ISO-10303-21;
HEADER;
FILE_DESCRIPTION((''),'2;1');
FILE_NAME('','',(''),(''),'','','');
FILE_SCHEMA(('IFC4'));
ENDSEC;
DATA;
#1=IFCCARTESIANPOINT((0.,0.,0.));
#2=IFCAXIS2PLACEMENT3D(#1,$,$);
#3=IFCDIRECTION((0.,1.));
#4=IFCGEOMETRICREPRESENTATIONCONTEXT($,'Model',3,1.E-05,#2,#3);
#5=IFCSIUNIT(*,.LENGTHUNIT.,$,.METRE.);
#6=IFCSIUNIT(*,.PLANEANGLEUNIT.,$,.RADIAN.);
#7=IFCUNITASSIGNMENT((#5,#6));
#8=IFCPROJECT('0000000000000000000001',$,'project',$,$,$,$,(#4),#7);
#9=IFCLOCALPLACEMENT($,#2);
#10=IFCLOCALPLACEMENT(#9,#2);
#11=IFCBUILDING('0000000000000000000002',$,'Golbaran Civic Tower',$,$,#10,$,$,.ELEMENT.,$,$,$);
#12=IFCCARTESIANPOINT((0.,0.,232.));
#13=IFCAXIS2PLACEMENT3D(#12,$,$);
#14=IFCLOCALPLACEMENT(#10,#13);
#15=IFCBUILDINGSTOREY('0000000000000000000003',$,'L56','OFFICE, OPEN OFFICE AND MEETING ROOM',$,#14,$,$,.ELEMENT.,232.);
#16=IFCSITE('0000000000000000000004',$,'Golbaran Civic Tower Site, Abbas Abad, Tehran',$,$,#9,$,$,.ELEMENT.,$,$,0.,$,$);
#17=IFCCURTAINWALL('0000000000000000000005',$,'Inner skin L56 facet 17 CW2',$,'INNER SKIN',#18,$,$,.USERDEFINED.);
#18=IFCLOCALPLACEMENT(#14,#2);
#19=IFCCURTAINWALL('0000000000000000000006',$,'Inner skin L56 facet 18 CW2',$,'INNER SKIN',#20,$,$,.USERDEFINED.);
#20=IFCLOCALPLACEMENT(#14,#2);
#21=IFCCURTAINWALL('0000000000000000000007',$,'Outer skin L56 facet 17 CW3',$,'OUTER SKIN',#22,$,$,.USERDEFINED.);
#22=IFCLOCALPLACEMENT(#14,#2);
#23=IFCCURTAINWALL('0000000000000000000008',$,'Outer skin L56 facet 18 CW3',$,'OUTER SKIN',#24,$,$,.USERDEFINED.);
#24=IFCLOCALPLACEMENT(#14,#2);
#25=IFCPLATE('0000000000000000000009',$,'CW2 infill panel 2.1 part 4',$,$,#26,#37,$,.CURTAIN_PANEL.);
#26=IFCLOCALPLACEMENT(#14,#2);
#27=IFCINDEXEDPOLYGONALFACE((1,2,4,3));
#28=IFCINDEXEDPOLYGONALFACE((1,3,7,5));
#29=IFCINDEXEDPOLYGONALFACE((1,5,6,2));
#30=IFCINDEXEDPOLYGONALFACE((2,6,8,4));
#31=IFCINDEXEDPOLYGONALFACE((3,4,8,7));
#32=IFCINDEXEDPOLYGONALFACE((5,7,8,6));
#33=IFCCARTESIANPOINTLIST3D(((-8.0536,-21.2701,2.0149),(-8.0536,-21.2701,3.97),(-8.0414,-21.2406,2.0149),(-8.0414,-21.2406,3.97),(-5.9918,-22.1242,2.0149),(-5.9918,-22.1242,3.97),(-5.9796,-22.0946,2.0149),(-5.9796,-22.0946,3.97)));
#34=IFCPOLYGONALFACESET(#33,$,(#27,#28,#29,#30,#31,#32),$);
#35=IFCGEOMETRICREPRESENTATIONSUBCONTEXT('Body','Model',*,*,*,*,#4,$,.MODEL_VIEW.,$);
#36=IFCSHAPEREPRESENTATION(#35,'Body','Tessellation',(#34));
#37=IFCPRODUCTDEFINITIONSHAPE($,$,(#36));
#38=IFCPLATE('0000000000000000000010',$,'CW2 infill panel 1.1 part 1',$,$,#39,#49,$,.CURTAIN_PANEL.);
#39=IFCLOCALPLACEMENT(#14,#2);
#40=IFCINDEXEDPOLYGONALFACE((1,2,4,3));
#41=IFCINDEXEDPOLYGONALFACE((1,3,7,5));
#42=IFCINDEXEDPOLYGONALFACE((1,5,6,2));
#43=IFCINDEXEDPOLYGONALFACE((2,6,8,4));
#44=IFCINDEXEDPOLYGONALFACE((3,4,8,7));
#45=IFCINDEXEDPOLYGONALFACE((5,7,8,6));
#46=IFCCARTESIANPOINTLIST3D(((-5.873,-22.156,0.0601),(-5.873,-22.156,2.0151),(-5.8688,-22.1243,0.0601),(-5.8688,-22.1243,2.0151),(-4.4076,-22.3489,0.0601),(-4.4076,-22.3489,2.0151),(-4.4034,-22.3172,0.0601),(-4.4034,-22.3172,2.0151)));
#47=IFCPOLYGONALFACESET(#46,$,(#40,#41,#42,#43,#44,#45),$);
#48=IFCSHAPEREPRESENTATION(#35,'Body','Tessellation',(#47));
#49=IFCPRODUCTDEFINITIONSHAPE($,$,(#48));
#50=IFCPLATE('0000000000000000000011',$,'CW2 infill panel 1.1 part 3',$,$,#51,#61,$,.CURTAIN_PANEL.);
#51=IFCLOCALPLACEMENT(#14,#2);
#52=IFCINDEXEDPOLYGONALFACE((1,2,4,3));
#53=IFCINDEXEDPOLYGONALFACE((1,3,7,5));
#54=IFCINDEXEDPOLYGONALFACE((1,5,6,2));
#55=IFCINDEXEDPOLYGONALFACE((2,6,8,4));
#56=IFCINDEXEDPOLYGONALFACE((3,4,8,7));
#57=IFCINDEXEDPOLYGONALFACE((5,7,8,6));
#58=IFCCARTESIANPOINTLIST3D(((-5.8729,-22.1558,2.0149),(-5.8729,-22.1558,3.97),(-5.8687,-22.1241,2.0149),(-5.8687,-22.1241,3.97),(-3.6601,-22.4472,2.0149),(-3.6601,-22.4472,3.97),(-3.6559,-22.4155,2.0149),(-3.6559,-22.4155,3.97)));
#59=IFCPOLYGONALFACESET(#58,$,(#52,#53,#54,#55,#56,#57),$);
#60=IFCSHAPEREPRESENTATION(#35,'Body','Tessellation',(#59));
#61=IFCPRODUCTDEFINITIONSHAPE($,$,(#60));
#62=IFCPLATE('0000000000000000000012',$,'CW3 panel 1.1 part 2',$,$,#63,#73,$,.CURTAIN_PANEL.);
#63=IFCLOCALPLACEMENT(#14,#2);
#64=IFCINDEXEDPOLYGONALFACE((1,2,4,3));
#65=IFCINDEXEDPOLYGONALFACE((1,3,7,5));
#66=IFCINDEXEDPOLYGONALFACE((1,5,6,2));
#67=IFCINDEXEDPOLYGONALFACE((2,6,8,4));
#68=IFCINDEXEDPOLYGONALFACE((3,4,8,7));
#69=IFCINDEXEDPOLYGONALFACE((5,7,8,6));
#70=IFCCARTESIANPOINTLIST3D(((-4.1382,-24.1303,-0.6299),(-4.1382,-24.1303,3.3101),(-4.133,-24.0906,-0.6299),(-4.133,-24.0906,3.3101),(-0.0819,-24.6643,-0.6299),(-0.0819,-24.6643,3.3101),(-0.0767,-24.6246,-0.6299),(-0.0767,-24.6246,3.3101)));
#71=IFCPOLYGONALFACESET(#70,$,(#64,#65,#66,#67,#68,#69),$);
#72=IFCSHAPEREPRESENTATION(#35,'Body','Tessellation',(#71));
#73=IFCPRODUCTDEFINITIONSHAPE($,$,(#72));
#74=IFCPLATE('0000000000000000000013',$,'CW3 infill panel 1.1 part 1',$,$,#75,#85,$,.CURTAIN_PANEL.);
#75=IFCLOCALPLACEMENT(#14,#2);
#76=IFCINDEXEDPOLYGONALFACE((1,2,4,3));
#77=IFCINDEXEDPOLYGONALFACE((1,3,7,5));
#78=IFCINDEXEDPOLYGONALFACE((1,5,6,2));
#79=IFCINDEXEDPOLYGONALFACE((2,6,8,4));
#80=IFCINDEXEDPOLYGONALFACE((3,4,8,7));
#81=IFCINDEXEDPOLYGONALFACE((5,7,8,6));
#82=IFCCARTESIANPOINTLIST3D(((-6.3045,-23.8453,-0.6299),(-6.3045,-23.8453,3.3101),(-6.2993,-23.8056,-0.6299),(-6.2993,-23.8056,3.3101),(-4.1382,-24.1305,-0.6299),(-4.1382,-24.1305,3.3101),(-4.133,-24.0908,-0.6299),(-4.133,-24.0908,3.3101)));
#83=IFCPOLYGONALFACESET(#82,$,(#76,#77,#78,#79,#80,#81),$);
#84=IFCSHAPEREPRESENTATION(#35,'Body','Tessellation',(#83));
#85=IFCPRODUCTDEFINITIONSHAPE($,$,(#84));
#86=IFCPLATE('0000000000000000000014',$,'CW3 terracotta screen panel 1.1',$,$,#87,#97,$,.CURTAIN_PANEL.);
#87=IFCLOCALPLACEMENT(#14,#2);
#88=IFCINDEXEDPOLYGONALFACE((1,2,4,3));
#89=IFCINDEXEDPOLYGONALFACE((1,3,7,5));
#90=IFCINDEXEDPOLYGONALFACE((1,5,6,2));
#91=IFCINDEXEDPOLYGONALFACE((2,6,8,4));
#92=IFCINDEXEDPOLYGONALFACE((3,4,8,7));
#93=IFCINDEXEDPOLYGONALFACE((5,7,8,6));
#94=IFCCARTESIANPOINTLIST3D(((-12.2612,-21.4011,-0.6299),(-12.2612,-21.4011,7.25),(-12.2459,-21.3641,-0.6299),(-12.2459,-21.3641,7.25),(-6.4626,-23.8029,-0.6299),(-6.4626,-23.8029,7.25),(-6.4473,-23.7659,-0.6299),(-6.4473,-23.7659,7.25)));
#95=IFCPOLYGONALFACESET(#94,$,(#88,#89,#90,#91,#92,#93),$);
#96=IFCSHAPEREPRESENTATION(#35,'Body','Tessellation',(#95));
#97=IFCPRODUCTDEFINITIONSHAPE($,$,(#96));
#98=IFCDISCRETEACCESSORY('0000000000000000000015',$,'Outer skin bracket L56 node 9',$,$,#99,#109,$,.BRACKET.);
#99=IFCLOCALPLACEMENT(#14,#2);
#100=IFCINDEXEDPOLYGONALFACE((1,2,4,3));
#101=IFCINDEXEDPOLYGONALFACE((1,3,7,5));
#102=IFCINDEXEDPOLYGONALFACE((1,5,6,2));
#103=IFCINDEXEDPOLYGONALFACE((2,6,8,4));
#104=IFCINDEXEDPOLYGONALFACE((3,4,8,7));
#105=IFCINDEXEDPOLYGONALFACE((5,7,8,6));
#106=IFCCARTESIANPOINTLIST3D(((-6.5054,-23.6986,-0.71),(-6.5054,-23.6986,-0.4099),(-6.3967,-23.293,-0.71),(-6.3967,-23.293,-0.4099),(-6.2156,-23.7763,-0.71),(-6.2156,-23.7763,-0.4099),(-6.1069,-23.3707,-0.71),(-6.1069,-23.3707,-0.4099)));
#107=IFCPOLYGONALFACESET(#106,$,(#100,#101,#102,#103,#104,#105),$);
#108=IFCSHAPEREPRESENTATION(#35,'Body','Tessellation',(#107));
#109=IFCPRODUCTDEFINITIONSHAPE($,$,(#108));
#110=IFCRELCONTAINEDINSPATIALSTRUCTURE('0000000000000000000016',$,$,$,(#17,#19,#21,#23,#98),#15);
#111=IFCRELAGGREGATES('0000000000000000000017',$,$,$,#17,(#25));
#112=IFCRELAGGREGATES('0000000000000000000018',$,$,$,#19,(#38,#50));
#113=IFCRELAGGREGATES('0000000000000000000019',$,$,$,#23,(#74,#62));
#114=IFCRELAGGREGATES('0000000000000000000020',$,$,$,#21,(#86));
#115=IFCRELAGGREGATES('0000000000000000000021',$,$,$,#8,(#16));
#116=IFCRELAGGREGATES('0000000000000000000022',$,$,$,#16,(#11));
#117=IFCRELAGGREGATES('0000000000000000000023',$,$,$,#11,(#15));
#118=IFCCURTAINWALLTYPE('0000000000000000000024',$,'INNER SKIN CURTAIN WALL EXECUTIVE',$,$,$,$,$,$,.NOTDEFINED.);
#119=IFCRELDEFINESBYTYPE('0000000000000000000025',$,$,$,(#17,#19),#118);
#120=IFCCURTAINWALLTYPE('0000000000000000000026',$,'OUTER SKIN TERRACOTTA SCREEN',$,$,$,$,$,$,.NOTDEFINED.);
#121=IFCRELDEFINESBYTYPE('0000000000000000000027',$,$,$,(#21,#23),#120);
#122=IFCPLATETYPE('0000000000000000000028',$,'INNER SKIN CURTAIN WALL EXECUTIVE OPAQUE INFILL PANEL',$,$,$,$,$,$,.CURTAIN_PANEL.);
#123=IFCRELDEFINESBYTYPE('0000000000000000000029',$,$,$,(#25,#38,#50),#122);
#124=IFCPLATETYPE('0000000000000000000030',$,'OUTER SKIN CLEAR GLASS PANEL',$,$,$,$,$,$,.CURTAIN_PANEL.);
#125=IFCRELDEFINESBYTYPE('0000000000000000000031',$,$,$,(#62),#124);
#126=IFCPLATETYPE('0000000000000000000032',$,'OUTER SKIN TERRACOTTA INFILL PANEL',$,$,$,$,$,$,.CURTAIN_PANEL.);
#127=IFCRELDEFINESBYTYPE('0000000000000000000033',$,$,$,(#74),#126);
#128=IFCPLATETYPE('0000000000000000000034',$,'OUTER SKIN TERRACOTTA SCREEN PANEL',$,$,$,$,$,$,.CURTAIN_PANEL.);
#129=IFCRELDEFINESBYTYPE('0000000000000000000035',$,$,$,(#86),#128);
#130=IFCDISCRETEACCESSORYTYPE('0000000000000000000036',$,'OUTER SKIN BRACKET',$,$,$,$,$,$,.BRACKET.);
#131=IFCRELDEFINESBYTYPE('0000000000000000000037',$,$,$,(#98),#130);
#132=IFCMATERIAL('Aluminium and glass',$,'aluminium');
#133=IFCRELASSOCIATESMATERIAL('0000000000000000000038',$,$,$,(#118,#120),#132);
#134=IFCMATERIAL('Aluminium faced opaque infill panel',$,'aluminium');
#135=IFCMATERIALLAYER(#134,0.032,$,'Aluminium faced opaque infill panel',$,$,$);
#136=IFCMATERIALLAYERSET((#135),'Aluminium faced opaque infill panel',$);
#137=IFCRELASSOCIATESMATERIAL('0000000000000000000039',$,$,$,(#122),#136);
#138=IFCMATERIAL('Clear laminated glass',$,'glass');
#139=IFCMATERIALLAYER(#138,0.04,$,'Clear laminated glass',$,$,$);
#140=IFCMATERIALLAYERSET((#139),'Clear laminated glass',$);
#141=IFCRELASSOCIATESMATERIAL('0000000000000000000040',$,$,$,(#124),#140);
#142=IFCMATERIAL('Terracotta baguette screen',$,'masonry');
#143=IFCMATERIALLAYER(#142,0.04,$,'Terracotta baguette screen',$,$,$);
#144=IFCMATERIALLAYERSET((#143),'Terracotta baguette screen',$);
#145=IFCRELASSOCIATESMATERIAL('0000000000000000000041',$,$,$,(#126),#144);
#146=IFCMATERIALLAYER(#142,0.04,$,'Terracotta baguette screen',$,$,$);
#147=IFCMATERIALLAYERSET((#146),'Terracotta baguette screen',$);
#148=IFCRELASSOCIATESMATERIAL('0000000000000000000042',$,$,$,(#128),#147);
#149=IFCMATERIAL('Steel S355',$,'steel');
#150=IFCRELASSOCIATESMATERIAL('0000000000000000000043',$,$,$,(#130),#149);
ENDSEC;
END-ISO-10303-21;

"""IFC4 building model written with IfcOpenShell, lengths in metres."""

from ifc_helpers import new_model, si_unit, direction, frame, origin, origin_2d, place, context, subcontext, project, spatial, rectangle, extrude, material, layer, layer_set, type_object, element, aggregate, save


model = new_model("IFC4")

# Units and contexts
model_context = context("Model", 3, precision=1e-05, world=origin(), true_north=direction((0.0, 1.0)))
body_context = subcontext(model_context, "Body", "Model", "MODEL_VIEW")
ifc_project = project(units=[si_unit("LENGTHUNIT", "METRE"), si_unit("PLANEANGLEUNIT", "RADIAN")], contexts=[model_context])

# Site, building, storey
site_placement = place(None, origin())
site = spatial("IfcSite", under=ifc_project, at=site_placement, Name="Golbaran Civic Tower Site, Abbas Abad, Tehran", CompositionType="ELEMENT", RefElevation=0.0)
building_placement = place(site_placement, origin())
building = spatial("IfcBuilding", under=site, at=building_placement, Name="Golbaran Civic Tower", CompositionType="ELEMENT")
storey_placement = place(building_placement, frame((0.0, 0.0, 232.0)))
storey = spatial("IfcBuildingStorey", under=building, at=storey_placement, Name="L56", Description="OFFICE, OPEN OFFICE AND MEETING ROOM", CompositionType="ELEMENT", Elevation=232.0)

# Shared definitions
ifc_material_1 = material(Name="Steel S355", Category="steel")

# Curtain wall
ifc_material_2 = material(Name="Aluminium and glass", Category="aluminium")
curtain_wall_type_1 = type_object("IfcCurtainWallType", Name="INNER SKIN CURTAIN WALL EXECUTIVE", PredefinedType="NOTDEFINED", material=ifc_material_2)
curtain_wall_1_placement = place(storey_placement, origin())
curtain_wall_1 = element("IfcCurtainWall", 1, at=curtain_wall_1_placement, inside=storey, type_object=curtain_wall_type_1, Name="Inner skin L56 facet 17 CW2", ObjectType="INNER SKIN", PredefinedType="USERDEFINED")

# Curtain wall
curtain_wall_2_placement = place(storey_placement, origin())
curtain_wall_2 = element("IfcCurtainWall", 2, at=curtain_wall_2_placement, inside=storey, type_object=curtain_wall_type_1, Name="Inner skin L56 facet 18 CW2", ObjectType="INNER SKIN", PredefinedType="USERDEFINED")

# Shared definitions
curtain_wall_type_2 = type_object("IfcCurtainWallType", Name="OUTER SKIN TERRACOTTA SCREEN", PredefinedType="NOTDEFINED", material=ifc_material_2)

# Curtain walls
curtain_wall_3_placement = place(storey_placement, origin())
curtain_wall_3 = element("IfcCurtainWall", 3, at=curtain_wall_3_placement, inside=storey, type_object=curtain_wall_type_2, Name="Outer skin L56 facet 17 CW3", ObjectType="OUTER SKIN", PredefinedType="USERDEFINED")
curtain_wall_4_placement = place(storey_placement, origin())
curtain_wall_4 = element("IfcCurtainWall", 4, at=curtain_wall_4_placement, inside=storey, type_object=curtain_wall_type_2, Name="Outer skin L56 facet 18 CW3", ObjectType="OUTER SKIN", PredefinedType="USERDEFINED")

# Plates
ifc_material_3 = material(Name="Aluminium faced opaque infill panel", Category="aluminium")
ifc_layer_1 = layer(ifc_material_3, 0.032, Name="Aluminium faced opaque infill panel")
ifc_layer_set_1 = layer_set([ifc_layer_1], Name="Aluminium faced opaque infill panel")
plate_type_1 = type_object("IfcPlateType", Name="INNER SKIN CURTAIN WALL EXECUTIVE OPAQUE INFILL PANEL", PredefinedType="CURTAIN_PANEL", material=ifc_layer_set_1)
plate_1_placement = place(storey_placement, frame((-7.0166, -21.6824, 2.0149), z_axis=(0.0, 0.0, 1.0), x_axis=(0.92388, -0.382683, 0.0)))
plate_1 = element("IfcPlate", 5, at=plate_1_placement, type_object=plate_type_1, Name="CW2 infill panel 2.1 part 4", PredefinedType="CURTAIN_PANEL", context=body_context, shape_type="SweptSolid", body=[
    extrude(rectangle(XDim=2.2317, YDim=0.032, at=origin_2d()), origin(), (0.0, 0.0, 1.0), 1.9551),
])
aggregate(curtain_wall_1, [plate_1])
plate_2_placement = place(storey_placement, frame((-5.1382, -22.2366, 0.0601), z_axis=(0.0, 0.0, 1.0), x_axis=(0.991445, -0.130526, 0.0)))
plate_2 = element("IfcPlate", 6, at=plate_2_placement, type_object=plate_type_1, Name="CW2 infill panel 1.1 part 1", PredefinedType="CURTAIN_PANEL", context=body_context, shape_type="SweptSolid", body=[
    extrude(rectangle(XDim=1.478, YDim=0.032, at=origin_2d()), origin(), (0.0, 0.0, 1.0), 1.9551),
])
plate_3_placement = place(storey_placement, frame((-4.7644, -22.2856, 2.0149), z_axis=(0.0, 0.0, 1.0), x_axis=(0.991445, -0.130526, 0.0)))
plate_3 = element("IfcPlate", 7, at=plate_3_placement, type_object=plate_type_1, Name="CW2 infill panel 1.1 part 3", PredefinedType="CURTAIN_PANEL", context=body_context, shape_type="SweptSolid", body=[
    extrude(rectangle(XDim=2.2319, YDim=0.032, at=origin_2d()), origin(), (0.0, 0.0, 1.0), 1.9551),
])
aggregate(curtain_wall_2, [plate_2, plate_3])
ifc_material_4 = material(Name="Clear laminated glass", Category="glass")
ifc_layer_2 = layer(ifc_material_4, 0.04, Name="Clear laminated glass")
ifc_layer_set_2 = layer_set([ifc_layer_2], Name="Clear laminated glass")
plate_type_2 = type_object("IfcPlateType", Name="OUTER SKIN CLEAR GLASS PANEL", PredefinedType="CURTAIN_PANEL", material=ifc_layer_set_2)
plate_4_placement = place(storey_placement, frame((-2.1074, -24.3774, -0.6299), z_axis=(0.0, 0.0, 1.0), x_axis=(0.991445, -0.130526, 0.0)))
plate_4 = element("IfcPlate", 8, at=plate_4_placement, type_object=plate_type_2, Name="CW3 panel 1.1 part 2", PredefinedType="CURTAIN_PANEL", context=body_context, shape_type="SweptSolid", body=[
    extrude(rectangle(XDim=4.0913, YDim=0.04, at=origin_2d()), origin(), (0.0, 0.0, 1.0), 3.9399),
])
ifc_material_5 = material(Name="Terracotta baguette screen", Category="masonry")
ifc_layer_3 = layer(ifc_material_5, 0.04, Name="Terracotta baguette screen")
ifc_layer_set_3 = layer_set([ifc_layer_3], Name="Terracotta baguette screen")
plate_type_3 = type_object("IfcPlateType", Name="OUTER SKIN TERRACOTTA INFILL PANEL", PredefinedType="CURTAIN_PANEL", material=ifc_layer_set_3)
plate_5_placement = place(storey_placement, frame((-5.2188, -23.968, -0.6299), z_axis=(0.0, 0.0, 1.0), x_axis=(0.991445, -0.130526, 0.0)))
plate_5 = element("IfcPlate", 9, at=plate_5_placement, type_object=plate_type_3, Name="CW3 infill panel 1.1 part 1", PredefinedType="CURTAIN_PANEL", context=body_context, shape_type="SweptSolid", body=[
    extrude(rectangle(XDim=2.1851, YDim=0.04, at=origin_2d()), origin(), (0.0, 0.0, 1.0), 3.9399),
])
aggregate(curtain_wall_4, [plate_5, plate_4])
ifc_layer_4 = layer(ifc_material_5, 0.04, Name="Terracotta baguette screen")
ifc_layer_set_4 = layer_set([ifc_layer_4], Name="Terracotta baguette screen")
plate_type_4 = type_object("IfcPlateType", Name="OUTER SKIN TERRACOTTA SCREEN PANEL", PredefinedType="CURTAIN_PANEL", material=ifc_layer_set_4)
plate_6_placement = place(storey_placement, frame((-9.3542, -22.5835, -0.6299), z_axis=(0.0, 0.0, 1.0), x_axis=(0.92388, -0.382683, 0.0)))
plate_6 = element("IfcPlate", 10, at=plate_6_placement, type_object=plate_type_4, Name="CW3 terracotta screen panel 1.1", PredefinedType="CURTAIN_PANEL", context=body_context, shape_type="SweptSolid", body=[
    extrude(rectangle(XDim=6.2764, YDim=0.04, at=origin_2d()), origin(), (0.0, 0.0, 1.0), 7.8799),
])
aggregate(curtain_wall_3, [plate_6])

# Discrete accessory
discrete_accessory_type = type_object("IfcDiscreteAccessoryType", Name="OUTER SKIN BRACKET", PredefinedType="BRACKET", material=ifc_material_1)
discrete_accessory_placement = place(storey_placement, frame((-6.3062, -23.5347, -0.71), z_axis=(0.0, 0.0, 1.0), x_axis=(-0.258819, -0.965926, 0.0)))
element("IfcDiscreteAccessory", 11, at=discrete_accessory_placement, inside=storey, type_object=discrete_accessory_type, Name="Outer skin bracket L56 node 9", PredefinedType="BRACKET", context=body_context, shape_type="SweptSolid", body=[
    extrude(rectangle(XDim=0.4199, YDim=0.3, at=origin_2d()), origin(), (0.0, 0.0, 1.0), 0.3),
])

save(model, "model.ifc")
